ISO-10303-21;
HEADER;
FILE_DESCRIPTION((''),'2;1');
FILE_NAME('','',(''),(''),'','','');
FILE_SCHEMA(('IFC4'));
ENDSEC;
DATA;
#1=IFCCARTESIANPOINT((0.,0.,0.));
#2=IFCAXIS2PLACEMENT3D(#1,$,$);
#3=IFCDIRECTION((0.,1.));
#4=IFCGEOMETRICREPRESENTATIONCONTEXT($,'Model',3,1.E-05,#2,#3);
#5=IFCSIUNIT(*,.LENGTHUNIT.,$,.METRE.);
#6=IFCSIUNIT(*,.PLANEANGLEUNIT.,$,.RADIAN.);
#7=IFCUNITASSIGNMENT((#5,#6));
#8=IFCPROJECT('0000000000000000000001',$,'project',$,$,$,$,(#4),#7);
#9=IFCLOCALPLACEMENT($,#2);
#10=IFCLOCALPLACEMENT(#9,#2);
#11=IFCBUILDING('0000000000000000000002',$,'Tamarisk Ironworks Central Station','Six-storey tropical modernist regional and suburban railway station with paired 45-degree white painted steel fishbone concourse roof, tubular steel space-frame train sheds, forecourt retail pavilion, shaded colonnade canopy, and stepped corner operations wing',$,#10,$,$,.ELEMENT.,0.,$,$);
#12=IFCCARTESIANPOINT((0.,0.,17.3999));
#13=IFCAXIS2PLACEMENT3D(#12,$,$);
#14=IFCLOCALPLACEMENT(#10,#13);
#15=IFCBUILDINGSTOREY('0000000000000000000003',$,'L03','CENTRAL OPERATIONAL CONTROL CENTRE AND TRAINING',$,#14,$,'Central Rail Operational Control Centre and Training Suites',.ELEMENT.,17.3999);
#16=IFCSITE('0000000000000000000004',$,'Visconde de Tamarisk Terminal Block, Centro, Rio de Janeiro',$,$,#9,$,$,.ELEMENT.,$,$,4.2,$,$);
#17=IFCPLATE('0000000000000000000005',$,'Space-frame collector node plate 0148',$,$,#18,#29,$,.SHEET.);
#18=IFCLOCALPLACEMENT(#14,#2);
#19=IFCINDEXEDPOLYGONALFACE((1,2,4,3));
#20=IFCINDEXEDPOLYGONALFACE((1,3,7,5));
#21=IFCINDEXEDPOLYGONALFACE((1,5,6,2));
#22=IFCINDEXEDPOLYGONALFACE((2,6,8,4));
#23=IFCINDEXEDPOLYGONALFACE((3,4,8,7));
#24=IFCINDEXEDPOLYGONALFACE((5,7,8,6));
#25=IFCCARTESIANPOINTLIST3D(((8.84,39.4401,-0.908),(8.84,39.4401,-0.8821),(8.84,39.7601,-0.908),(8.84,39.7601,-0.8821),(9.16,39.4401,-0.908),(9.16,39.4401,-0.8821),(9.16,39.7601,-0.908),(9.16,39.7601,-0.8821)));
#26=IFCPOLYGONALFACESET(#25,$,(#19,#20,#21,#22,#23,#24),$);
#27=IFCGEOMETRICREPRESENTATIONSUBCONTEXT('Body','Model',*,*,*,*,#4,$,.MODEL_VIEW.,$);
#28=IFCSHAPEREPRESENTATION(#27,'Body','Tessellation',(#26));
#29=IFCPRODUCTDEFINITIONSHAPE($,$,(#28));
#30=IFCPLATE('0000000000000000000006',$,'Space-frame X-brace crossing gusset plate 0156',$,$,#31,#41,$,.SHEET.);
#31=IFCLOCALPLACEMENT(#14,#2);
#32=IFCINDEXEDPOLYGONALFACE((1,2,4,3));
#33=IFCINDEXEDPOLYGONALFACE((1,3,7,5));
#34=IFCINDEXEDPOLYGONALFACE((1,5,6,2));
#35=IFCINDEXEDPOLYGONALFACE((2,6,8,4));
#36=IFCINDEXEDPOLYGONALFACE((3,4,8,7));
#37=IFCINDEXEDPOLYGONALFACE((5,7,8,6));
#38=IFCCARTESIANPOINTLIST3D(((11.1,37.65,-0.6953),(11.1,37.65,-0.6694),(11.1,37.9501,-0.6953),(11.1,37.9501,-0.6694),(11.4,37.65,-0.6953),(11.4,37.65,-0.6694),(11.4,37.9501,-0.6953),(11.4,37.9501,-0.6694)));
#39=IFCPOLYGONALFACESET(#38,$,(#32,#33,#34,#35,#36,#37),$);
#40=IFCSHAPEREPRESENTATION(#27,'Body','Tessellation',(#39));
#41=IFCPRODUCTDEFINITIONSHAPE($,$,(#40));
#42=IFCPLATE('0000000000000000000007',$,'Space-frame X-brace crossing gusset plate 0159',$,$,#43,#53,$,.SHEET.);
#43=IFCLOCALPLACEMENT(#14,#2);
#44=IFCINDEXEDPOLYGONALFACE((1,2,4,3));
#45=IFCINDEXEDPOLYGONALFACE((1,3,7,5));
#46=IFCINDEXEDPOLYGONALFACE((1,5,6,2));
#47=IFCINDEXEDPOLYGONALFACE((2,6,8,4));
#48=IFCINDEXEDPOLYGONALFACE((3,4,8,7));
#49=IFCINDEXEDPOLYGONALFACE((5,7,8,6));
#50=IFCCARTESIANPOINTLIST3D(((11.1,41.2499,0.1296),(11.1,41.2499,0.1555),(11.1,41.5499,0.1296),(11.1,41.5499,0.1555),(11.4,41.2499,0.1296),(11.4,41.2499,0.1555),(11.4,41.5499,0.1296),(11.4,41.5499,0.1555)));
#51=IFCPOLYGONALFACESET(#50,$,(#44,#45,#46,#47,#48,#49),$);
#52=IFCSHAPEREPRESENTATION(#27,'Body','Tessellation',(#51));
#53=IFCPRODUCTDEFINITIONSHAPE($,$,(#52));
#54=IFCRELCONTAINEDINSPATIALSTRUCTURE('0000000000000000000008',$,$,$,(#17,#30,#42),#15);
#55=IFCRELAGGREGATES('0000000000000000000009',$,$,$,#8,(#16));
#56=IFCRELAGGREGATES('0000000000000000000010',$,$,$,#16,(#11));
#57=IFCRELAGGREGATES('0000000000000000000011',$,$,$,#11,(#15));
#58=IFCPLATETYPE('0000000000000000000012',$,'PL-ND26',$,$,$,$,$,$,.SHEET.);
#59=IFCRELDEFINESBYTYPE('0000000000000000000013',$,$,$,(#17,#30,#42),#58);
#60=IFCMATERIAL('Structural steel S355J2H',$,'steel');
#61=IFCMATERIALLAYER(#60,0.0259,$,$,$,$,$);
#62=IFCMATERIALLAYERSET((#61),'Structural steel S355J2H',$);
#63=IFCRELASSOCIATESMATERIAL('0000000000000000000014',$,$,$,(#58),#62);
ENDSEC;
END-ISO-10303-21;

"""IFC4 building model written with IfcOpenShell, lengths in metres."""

from ifc_helpers import new_model, si_unit, direction, frame, origin, origin_2d, place, context, subcontext, project, spatial, rectangle, extrude, material, layer, layer_set, type_object, element, save


model = new_model("IFC4")

# Units and contexts
model_context = context("Model", 3, precision=1e-05, world=origin(), true_north=direction((0.0, 1.0)))
body_context = subcontext(model_context, "Body", "Model", "MODEL_VIEW")
ifc_project = project(units=[si_unit("LENGTHUNIT", "METRE"), si_unit("PLANEANGLEUNIT", "RADIAN")], contexts=[model_context])

# Site, building, storey
site_placement = place(None, origin())
site = spatial("IfcSite", under=ifc_project, at=site_placement, Name="Visconde de Tamarisk Terminal Block, Centro, Rio de Janeiro", CompositionType="ELEMENT", RefElevation=4.2)
building_placement = place(site_placement, origin())
building = spatial("IfcBuilding", under=site, at=building_placement, Name="Tamarisk Ironworks Central Station", Description="Six-storey tropical modernist regional and suburban railway station with paired 45-degree white painted steel fishbone concourse roof, tubular steel space-frame train sheds, forecourt retail pavilion, shaded colonnade canopy, and stepped corner operations wing", CompositionType="ELEMENT", ElevationOfRefHeight=0.0)
storey_placement = place(building_placement, frame((0.0, 0.0, 17.3999)))
storey = spatial("IfcBuildingStorey", under=building, at=storey_placement, Name="L03", Description="CENTRAL OPERATIONAL CONTROL CENTRE AND TRAINING", LongName="Central Rail Operational Control Centre and Training Suites", CompositionType="ELEMENT", Elevation=17.3999)

# Shared definitions
ifc_material_1 = material(Name="Structural steel S355J2H", Category="steel")

# Plates
ifc_layer = layer(ifc_material_1, 0.0259)
ifc_layer_set = layer_set([ifc_layer], Name="Structural steel S355J2H")
plate_type = type_object("IfcPlateType", Name="PL-ND26", PredefinedType="SHEET", material=ifc_layer_set)
plate_1_placement = place(storey_placement, frame((9.0, 39.6001, -0.908), z_axis=(0.0, 0.0, 1.0), x_axis=(1.0, 0.0, 0.0)))
element("IfcPlate", 1, at=plate_1_placement, inside=storey, type_object=plate_type, Name="Space-frame collector node plate 0148", PredefinedType="SHEET", context=body_context, shape_type="SweptSolid", body=[
    extrude(rectangle(XDim=0.3201, YDim=0.3201, at=origin_2d()), origin(), (0.0, 0.0, 1.0), 0.0259),
])
for number, where, z_axis, x_axis, name in (
    (2, (11.25, 37.8, -0.6953), (0.0, 0.0, 1.0), (1.0, 0.0, 0.0), "Space-frame X-brace crossing gusset plate 0156"),
    (3, (11.25, 41.3999, 0.1296), (0.0, 0.0, 1.0), (1.0, 0.0, 0.0), "Space-frame X-brace crossing gusset plate 0159"),
):
    element("IfcPlate", number, at=place(storey_placement, frame(where, z_axis=z_axis, x_axis=x_axis)), inside=storey, type_object=plate_type, Name=name, PredefinedType="SHEET", context=body_context, shape_type="SweptSolid", body=[
        extrude(rectangle(XDim=0.3, YDim=0.3, at=origin_2d()), origin(), (0.0, 0.0, 1.0), 0.0259),
    ])

save(model, "model.ifc")
